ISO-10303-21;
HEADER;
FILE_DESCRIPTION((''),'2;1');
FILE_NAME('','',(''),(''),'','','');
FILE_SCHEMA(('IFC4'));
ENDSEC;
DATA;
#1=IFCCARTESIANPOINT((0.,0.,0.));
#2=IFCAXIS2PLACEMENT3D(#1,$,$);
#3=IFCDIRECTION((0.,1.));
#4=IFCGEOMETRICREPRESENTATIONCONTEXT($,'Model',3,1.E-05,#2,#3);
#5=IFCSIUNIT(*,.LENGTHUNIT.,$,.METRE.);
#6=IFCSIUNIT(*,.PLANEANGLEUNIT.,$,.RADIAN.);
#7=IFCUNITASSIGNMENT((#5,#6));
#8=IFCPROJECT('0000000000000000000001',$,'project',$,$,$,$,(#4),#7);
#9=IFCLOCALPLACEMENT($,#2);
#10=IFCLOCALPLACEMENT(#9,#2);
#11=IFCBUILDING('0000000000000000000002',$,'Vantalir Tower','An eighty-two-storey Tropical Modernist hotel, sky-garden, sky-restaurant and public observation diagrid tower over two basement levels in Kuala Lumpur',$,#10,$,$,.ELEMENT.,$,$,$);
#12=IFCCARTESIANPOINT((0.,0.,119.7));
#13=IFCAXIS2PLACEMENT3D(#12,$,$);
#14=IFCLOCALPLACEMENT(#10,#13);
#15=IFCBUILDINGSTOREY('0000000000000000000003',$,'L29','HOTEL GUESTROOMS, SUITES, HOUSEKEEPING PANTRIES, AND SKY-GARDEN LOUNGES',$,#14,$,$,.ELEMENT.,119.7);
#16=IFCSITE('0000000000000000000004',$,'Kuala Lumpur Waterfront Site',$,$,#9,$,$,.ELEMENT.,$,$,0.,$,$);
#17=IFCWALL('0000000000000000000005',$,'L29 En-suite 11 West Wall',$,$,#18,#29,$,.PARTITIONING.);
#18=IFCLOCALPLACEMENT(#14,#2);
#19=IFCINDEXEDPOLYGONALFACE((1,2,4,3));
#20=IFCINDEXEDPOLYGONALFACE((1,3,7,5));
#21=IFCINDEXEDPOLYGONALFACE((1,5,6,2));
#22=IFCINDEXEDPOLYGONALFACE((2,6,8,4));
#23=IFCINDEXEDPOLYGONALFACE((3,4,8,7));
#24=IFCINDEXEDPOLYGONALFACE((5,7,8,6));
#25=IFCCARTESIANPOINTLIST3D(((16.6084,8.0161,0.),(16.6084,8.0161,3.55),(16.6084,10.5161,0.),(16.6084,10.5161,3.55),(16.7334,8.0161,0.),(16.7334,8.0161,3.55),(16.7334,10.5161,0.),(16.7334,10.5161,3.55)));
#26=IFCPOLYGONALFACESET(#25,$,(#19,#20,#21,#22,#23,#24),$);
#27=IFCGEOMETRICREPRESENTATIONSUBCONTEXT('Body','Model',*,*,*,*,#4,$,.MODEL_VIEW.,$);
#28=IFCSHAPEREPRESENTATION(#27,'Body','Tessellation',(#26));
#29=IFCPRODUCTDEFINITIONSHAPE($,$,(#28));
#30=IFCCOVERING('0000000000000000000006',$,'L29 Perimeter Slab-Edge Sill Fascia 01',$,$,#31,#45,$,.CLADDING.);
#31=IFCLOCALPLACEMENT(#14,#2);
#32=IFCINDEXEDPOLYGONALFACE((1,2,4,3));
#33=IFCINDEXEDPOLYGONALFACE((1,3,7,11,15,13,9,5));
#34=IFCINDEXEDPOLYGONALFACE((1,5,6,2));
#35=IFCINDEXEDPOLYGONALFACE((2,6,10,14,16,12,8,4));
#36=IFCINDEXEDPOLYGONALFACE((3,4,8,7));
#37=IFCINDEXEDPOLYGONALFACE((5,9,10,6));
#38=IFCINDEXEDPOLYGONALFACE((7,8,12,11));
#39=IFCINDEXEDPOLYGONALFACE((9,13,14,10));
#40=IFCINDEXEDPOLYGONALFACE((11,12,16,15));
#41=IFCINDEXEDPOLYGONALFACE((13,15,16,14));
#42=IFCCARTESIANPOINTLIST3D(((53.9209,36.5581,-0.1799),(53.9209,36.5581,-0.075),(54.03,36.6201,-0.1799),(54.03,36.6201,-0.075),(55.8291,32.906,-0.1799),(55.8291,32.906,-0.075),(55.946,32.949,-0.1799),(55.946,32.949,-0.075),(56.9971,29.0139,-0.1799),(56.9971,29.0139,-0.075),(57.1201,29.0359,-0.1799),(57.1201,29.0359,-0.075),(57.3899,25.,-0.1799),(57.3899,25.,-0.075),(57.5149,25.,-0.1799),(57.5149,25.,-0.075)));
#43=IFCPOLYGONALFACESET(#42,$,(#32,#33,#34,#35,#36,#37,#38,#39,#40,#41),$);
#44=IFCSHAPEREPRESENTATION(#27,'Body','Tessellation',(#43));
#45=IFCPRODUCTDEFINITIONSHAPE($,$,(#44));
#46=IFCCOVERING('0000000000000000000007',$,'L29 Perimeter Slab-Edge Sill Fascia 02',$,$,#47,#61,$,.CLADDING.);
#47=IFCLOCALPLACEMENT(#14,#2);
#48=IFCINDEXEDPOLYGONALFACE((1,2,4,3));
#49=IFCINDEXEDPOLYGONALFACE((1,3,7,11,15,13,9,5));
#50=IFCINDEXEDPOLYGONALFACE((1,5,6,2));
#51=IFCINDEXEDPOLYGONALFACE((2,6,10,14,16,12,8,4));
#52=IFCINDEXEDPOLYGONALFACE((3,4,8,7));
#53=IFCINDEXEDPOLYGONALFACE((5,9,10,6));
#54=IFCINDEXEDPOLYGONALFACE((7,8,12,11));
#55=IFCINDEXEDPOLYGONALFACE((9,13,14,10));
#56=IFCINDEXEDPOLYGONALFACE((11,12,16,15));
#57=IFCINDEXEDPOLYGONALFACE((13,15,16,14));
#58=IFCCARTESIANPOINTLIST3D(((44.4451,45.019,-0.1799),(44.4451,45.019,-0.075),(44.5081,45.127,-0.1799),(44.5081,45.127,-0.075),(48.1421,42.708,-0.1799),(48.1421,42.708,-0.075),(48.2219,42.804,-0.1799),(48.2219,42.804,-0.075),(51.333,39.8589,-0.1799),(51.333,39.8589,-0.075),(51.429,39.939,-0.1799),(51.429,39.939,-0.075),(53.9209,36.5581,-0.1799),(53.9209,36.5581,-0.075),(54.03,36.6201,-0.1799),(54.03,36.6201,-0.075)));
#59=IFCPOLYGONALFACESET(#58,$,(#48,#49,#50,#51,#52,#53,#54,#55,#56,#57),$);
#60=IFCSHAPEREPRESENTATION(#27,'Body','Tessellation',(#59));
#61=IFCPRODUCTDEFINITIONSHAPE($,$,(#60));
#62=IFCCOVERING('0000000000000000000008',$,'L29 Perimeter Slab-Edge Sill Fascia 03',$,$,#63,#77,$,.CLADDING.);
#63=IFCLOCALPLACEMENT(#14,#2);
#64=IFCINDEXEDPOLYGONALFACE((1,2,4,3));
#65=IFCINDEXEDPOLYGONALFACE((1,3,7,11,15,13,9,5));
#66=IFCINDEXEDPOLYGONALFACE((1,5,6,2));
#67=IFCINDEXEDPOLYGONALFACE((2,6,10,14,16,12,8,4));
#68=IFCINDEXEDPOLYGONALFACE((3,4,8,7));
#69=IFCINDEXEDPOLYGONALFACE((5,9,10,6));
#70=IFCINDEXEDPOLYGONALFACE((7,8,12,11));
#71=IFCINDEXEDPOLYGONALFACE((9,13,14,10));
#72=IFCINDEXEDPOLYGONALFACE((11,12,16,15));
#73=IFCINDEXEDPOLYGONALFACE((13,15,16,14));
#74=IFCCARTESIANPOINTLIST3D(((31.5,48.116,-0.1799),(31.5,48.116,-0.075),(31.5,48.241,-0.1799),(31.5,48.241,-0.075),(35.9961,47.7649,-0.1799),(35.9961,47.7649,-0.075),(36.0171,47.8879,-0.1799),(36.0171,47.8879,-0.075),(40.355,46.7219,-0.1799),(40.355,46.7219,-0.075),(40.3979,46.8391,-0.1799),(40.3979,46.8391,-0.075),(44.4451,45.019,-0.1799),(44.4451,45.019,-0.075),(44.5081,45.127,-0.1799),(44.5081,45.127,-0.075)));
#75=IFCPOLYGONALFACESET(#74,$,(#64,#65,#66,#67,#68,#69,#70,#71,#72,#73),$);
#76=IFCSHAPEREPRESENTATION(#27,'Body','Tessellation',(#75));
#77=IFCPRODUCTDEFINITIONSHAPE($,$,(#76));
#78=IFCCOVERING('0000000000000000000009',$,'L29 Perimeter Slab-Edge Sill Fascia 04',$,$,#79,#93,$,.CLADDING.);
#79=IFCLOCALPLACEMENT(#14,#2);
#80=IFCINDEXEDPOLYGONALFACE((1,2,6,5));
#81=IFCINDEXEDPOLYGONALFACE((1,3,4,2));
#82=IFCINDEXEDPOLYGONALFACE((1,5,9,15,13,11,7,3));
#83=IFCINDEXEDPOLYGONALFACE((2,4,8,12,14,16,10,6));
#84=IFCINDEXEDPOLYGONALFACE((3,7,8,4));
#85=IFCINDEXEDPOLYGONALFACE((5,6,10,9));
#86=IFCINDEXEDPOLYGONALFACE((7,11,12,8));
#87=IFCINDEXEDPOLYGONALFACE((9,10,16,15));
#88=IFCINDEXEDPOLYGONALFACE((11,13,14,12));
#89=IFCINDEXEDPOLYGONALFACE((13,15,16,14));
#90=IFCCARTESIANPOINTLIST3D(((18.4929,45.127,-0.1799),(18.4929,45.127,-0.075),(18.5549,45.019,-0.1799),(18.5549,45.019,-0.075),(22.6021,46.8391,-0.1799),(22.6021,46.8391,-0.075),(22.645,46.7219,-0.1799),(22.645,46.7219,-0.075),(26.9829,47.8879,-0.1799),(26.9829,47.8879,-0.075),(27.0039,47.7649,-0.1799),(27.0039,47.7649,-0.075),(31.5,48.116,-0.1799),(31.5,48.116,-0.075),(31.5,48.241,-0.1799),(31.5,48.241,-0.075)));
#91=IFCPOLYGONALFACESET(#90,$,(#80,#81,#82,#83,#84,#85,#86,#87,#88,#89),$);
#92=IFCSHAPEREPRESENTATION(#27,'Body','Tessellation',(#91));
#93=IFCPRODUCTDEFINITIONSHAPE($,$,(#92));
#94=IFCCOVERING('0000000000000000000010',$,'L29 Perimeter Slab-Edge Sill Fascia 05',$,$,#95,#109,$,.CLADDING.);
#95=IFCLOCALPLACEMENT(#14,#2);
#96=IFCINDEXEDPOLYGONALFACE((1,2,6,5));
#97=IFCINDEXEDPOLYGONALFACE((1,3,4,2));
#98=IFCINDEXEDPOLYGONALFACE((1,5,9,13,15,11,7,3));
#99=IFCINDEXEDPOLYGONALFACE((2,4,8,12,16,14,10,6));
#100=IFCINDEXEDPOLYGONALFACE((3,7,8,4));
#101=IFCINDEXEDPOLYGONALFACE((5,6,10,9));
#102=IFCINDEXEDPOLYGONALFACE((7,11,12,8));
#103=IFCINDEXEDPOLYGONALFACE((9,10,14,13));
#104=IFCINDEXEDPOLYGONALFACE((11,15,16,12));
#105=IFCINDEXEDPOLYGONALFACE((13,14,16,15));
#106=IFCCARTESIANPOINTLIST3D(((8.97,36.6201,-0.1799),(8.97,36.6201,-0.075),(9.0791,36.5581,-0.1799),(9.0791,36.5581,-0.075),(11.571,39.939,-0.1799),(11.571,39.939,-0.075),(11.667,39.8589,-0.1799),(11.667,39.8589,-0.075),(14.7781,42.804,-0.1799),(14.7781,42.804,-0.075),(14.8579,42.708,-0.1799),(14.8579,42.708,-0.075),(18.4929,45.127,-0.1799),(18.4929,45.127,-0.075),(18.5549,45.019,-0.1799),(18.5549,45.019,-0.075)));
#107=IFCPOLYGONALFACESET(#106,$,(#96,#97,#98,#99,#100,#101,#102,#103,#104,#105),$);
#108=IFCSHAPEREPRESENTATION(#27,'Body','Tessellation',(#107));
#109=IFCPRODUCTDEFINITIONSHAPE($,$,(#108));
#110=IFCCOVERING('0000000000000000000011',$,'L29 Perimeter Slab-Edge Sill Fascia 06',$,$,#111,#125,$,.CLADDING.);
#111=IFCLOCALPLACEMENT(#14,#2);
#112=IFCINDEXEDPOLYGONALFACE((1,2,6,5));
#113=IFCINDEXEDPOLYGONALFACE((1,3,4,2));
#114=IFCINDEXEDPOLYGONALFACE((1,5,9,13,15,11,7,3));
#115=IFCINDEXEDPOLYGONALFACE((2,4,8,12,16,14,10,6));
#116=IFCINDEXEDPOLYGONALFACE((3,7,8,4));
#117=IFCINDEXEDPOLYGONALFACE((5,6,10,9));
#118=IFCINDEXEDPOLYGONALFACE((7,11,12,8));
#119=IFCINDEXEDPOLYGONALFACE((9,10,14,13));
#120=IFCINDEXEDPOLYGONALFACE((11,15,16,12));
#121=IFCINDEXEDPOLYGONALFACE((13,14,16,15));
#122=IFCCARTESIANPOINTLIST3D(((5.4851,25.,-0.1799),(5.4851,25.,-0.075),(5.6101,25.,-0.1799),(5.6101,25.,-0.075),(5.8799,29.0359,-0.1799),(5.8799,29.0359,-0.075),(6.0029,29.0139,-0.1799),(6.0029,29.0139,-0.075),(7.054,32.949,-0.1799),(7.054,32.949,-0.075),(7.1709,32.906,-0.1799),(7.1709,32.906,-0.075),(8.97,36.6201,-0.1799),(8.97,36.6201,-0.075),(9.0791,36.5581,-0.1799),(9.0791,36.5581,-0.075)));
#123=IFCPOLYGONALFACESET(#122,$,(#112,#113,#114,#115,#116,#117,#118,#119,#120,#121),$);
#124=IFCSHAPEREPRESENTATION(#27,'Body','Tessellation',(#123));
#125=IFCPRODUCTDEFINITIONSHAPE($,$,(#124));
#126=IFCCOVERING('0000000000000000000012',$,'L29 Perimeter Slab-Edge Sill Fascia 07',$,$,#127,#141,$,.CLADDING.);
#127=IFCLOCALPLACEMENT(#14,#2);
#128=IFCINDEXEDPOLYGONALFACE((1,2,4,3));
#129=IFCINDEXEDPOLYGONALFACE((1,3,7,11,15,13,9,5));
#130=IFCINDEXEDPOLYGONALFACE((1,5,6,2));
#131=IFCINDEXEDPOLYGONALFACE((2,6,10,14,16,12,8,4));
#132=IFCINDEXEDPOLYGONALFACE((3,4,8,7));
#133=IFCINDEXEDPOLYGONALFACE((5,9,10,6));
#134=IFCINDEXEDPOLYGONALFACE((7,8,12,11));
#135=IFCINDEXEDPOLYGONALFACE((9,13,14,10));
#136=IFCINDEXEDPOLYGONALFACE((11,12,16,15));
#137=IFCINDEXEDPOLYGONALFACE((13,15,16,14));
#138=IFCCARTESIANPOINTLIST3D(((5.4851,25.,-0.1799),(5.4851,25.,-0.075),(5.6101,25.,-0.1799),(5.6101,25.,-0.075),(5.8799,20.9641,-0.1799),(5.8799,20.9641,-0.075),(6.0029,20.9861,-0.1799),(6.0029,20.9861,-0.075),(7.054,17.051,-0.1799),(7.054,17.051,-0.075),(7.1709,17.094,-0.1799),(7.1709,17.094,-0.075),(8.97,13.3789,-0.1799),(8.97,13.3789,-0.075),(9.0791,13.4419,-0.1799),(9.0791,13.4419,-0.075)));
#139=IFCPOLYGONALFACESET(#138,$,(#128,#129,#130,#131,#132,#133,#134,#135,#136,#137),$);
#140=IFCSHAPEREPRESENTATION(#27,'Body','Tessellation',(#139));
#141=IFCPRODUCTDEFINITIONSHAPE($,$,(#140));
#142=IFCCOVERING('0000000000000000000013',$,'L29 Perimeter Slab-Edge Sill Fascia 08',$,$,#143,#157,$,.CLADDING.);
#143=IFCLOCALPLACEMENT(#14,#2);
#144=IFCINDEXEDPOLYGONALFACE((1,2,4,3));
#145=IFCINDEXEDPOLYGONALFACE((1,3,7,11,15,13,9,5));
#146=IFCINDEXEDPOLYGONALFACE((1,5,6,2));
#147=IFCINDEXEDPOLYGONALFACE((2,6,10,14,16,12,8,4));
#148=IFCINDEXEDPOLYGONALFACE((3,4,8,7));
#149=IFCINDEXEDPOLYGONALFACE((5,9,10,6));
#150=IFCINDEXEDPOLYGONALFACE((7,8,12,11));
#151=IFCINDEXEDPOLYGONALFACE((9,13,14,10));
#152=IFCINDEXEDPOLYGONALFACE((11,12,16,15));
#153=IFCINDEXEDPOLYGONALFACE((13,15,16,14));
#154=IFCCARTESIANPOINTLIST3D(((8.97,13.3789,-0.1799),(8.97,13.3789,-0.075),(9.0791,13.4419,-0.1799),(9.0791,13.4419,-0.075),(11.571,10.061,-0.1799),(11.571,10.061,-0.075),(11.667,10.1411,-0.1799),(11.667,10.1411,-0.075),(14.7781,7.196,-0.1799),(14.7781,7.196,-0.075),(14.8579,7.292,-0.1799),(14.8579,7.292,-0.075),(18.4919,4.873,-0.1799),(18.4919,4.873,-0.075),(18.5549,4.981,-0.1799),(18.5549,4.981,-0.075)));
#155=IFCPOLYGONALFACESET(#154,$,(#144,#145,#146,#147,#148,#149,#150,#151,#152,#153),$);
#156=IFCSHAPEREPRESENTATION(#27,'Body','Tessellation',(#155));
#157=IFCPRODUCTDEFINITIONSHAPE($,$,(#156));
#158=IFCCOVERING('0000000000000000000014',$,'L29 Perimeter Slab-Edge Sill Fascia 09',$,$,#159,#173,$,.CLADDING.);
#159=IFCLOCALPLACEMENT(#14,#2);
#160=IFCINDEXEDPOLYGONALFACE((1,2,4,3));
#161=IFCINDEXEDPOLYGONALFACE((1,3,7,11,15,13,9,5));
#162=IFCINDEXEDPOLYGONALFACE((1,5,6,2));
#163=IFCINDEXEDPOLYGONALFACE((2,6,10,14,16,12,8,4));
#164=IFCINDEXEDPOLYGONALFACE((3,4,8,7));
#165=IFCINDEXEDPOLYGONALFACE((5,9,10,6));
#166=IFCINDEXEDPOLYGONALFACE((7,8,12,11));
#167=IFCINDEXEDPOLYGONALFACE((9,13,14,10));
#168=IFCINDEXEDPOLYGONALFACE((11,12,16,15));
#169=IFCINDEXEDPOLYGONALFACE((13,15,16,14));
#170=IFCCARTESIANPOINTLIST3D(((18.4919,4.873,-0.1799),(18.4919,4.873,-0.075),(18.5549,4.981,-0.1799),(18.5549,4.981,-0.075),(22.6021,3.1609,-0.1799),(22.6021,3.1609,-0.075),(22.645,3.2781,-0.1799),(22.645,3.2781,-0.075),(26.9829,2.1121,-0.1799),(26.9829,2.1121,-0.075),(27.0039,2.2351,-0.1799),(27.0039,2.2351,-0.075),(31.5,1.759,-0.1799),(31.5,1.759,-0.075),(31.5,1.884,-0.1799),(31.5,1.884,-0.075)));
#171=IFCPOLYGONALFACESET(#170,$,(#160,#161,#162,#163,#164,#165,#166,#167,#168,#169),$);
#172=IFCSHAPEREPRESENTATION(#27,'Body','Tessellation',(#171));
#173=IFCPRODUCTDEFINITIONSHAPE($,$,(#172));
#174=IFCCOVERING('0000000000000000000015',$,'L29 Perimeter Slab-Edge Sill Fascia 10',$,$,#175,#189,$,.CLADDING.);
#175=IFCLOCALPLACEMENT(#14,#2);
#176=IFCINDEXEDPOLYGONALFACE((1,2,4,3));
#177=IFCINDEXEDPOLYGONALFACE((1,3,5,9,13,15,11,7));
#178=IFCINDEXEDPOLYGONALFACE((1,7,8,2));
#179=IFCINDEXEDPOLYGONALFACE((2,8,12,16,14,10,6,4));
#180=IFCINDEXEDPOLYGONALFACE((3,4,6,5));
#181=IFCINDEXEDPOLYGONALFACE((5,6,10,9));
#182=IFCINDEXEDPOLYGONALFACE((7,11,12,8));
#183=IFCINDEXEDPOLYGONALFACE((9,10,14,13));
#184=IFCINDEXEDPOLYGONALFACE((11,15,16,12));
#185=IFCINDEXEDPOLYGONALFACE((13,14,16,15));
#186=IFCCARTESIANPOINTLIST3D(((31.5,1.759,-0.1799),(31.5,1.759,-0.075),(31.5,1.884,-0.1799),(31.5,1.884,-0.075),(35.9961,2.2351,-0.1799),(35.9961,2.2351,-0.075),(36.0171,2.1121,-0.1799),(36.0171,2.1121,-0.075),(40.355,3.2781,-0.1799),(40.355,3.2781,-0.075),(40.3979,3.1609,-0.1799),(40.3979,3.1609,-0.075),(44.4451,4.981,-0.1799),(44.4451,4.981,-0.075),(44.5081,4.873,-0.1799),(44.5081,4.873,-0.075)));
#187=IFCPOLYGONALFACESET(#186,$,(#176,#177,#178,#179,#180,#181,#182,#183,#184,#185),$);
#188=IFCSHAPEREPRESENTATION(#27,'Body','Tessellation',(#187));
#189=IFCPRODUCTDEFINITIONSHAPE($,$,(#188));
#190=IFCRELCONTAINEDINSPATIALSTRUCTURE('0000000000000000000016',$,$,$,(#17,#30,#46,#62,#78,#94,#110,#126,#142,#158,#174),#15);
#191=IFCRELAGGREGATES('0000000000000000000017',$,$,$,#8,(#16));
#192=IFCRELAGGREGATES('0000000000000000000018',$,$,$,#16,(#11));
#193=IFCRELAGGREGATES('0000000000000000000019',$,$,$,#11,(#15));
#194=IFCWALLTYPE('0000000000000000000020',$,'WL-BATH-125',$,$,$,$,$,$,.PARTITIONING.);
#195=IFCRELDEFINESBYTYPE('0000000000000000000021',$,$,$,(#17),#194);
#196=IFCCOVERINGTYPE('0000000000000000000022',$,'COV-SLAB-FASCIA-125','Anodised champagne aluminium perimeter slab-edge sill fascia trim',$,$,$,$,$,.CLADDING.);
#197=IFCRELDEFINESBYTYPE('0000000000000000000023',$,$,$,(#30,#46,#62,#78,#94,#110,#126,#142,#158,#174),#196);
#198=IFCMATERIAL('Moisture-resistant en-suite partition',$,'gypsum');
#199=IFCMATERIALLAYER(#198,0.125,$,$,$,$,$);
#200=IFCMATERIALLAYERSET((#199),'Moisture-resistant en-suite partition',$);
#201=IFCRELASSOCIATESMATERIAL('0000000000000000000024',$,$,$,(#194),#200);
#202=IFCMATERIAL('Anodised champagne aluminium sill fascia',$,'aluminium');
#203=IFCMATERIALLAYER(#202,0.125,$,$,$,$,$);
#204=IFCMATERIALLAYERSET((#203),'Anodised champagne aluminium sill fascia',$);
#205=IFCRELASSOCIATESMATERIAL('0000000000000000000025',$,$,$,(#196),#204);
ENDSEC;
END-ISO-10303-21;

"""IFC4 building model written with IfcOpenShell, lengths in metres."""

from ifc_helpers import new_model, si_unit, direction, frame, frame_2d, origin, place, context, subcontext, project, spatial, polyline, rectangle, outline, extrude, material, layer, layer_set, type_object, element, save


model = new_model("IFC4")

# Units and contexts
model_context = context("Model", 3, precision=1e-05, world=origin(), true_north=direction((0.0, 1.0)))
body_context = subcontext(model_context, "Body", "Model", "MODEL_VIEW")
ifc_project = project(units=[si_unit("LENGTHUNIT", "METRE"), si_unit("PLANEANGLEUNIT", "RADIAN")], contexts=[model_context])

# Site, building, storey
site_placement = place(None, origin())
site = spatial("IfcSite", under=ifc_project, at=site_placement, Name="Kuala Lumpur Waterfront Site", CompositionType="ELEMENT", RefElevation=0.0)
building_placement = place(site_placement, origin())
building = spatial("IfcBuilding", under=site, at=building_placement, Name="Vantalir Tower", Description="An eighty-two-storey Tropical Modernist hotel, sky-garden, sky-restaurant and public observation diagrid tower over two basement levels in Kuala Lumpur", CompositionType="ELEMENT")
storey_placement = place(building_placement, frame((0.0, 0.0, 119.7)))
storey = spatial("IfcBuildingStorey", under=building, at=storey_placement, Name="L29", Description="HOTEL GUESTROOMS, SUITES, HOUSEKEEPING PANTRIES, AND SKY-GARDEN LOUNGES", CompositionType="ELEMENT", Elevation=119.7)

# Wall
ifc_material_1 = material(Name="Moisture-resistant en-suite partition", Category="gypsum")
ifc_layer_1 = layer(ifc_material_1, 0.125)
ifc_layer_set_1 = layer_set([ifc_layer_1], Name="Moisture-resistant en-suite partition")
wall_type = type_object("IfcWallType", Name="WL-BATH-125", PredefinedType="PARTITIONING", material=ifc_layer_set_1)
wall_1_placement = place(storey_placement, frame((16.6709, 8.0161, 0.0), z_axis=(0.0, 0.0, 1.0), x_axis=(0.0, 1.0, 0.0)))
element("IfcWall", 1, at=wall_1_placement, inside=storey, type_object=wall_type, Name="L29 En-suite 11 West Wall", PredefinedType="PARTITIONING", context=body_context, shape_type="SweptSolid", body=[
    extrude(rectangle(XDim=2.5, YDim=0.125, at=frame_2d((1.25, 0.0))), origin(), (0.0, 0.0, 1.0), 3.55),
])

# Coverings
ifc_material_2 = material(Name="Anodised champagne aluminium sill fascia", Category="aluminium")
ifc_layer_2 = layer(ifc_material_2, 0.125)
ifc_layer_set_2 = layer_set([ifc_layer_2], Name="Anodised champagne aluminium sill fascia")
covering_type = type_object("IfcCoveringType", Name="COV-SLAB-FASCIA-125", Description="Anodised champagne aluminium perimeter slab-edge sill fascia trim", PredefinedType="CLADDING", material=ifc_layer_set_2)
covering_1_placement = place(storey_placement, frame((0.0, 0.0, -0.1799)))
element("IfcCovering", 2, at=covering_1_placement, inside=storey, type_object=covering_type, Name="L29 Perimeter Slab-Edge Sill Fascia 01", PredefinedType="CLADDING", context=body_context, shape_type="SweptSolid", body=[
    extrude(outline(polyline([(57.5149, 25.0), (57.1201, 29.0359), (55.946, 32.949), (54.03, 36.6201), (53.9209, 36.5581), (55.8291, 32.906), (56.9971, 29.0139), (57.3899, 25.0), (57.5149, 25.0)])), origin(), (0.0, 0.0, 1.0), 0.105),
])
covering_2_placement = place(storey_placement, frame((0.0, 0.0, -0.1799)))
element("IfcCovering", 3, at=covering_2_placement, inside=storey, type_object=covering_type, Name="L29 Perimeter Slab-Edge Sill Fascia 02", PredefinedType="CLADDING", context=body_context, shape_type="SweptSolid", body=[
    extrude(outline(polyline([(54.03, 36.6201), (51.429, 39.939), (48.2219, 42.804), (44.5081, 45.127), (44.4451, 45.019), (48.1421, 42.708), (51.333, 39.8589), (53.9209, 36.5581), (54.03, 36.6201)])), origin(), (0.0, 0.0, 1.0), 0.105),
])
covering_3_placement = place(storey_placement, frame((0.0, 0.0, -0.1799)))
element("IfcCovering", 4, at=covering_3_placement, inside=storey, type_object=covering_type, Name="L29 Perimeter Slab-Edge Sill Fascia 03", PredefinedType="CLADDING", context=body_context, shape_type="SweptSolid", body=[
    extrude(outline(polyline([(44.5081, 45.127), (40.3979, 46.8391), (36.0171, 47.8879), (31.5, 48.241), (31.5, 48.116), (35.9961, 47.7649), (40.355, 46.7219), (44.4451, 45.019), (44.5081, 45.127)])), origin(), (0.0, 0.0, 1.0), 0.105),
])
covering_4_placement = place(storey_placement, frame((0.0, 0.0, -0.1799)))
element("IfcCovering", 5, at=covering_4_placement, inside=storey, type_object=covering_type, Name="L29 Perimeter Slab-Edge Sill Fascia 04", PredefinedType="CLADDING", context=body_context, shape_type="SweptSolid", body=[
    extrude(outline(polyline([(31.5, 48.241), (26.9829, 47.8879), (22.6021, 46.8391), (18.4929, 45.127), (18.5549, 45.019), (22.645, 46.7219), (27.0039, 47.7649), (31.5, 48.116), (31.5, 48.241)])), origin(), (0.0, 0.0, 1.0), 0.105),
])
covering_5_placement = place(storey_placement, frame((0.0, 0.0, -0.1799)))
element("IfcCovering", 6, at=covering_5_placement, inside=storey, type_object=covering_type, Name="L29 Perimeter Slab-Edge Sill Fascia 05", PredefinedType="CLADDING", context=body_context, shape_type="SweptSolid", body=[
    extrude(outline(polyline([(18.4929, 45.127), (14.7781, 42.804), (11.571, 39.939), (8.97, 36.6201), (9.0791, 36.5581), (11.667, 39.8589), (14.8579, 42.708), (18.5549, 45.019), (18.4929, 45.127)])), origin(), (0.0, 0.0, 1.0), 0.105),
])
covering_6_placement = place(storey_placement, frame((0.0, 0.0, -0.1799)))
element("IfcCovering", 7, at=covering_6_placement, inside=storey, type_object=covering_type, Name="L29 Perimeter Slab-Edge Sill Fascia 06", PredefinedType="CLADDING", context=body_context, shape_type="SweptSolid", body=[
    extrude(outline(polyline([(8.97, 36.6201), (7.054, 32.949), (5.8799, 29.0359), (5.4851, 25.0), (5.6101, 25.0), (6.0029, 29.0139), (7.1709, 32.906), (9.0791, 36.5581), (8.97, 36.6201)])), origin(), (0.0, 0.0, 1.0), 0.105),
])
covering_7_placement = place(storey_placement, frame((0.0, 0.0, -0.1799)))
element("IfcCovering", 8, at=covering_7_placement, inside=storey, type_object=covering_type, Name="L29 Perimeter Slab-Edge Sill Fascia 07", PredefinedType="CLADDING", context=body_context, shape_type="SweptSolid", body=[
    extrude(outline(polyline([(5.4851, 25.0), (5.8799, 20.9641), (7.054, 17.051), (8.97, 13.3789), (9.0791, 13.4419), (7.1709, 17.094), (6.0029, 20.9861), (5.6101, 25.0), (5.4851, 25.0)])), origin(), (0.0, 0.0, 1.0), 0.105),
])
covering_8_placement = place(storey_placement, frame((0.0, 0.0, -0.1799)))
element("IfcCovering", 9, at=covering_8_placement, inside=storey, type_object=covering_type, Name="L29 Perimeter Slab-Edge Sill Fascia 08", PredefinedType="CLADDING", context=body_context, shape_type="SweptSolid", body=[
    extrude(outline(polyline([(8.97, 13.3789), (11.571, 10.061), (14.7781, 7.196), (18.4919, 4.873), (18.5549, 4.981), (14.8579, 7.292), (11.667, 10.1411), (9.0791, 13.4419), (8.97, 13.3789)])), origin(), (0.0, 0.0, 1.0), 0.105),
])
covering_9_placement = place(storey_placement, frame((0.0, 0.0, -0.1799)))
element("IfcCovering", 10, at=covering_9_placement, inside=storey, type_object=covering_type, Name="L29 Perimeter Slab-Edge Sill Fascia 09", PredefinedType="CLADDING", context=body_context, shape_type="SweptSolid", body=[
    extrude(outline(polyline([(18.4919, 4.873), (22.6021, 3.1609), (26.9829, 2.1121), (31.5, 1.759), (31.5, 1.884), (27.0039, 2.2351), (22.645, 3.2781), (18.5549, 4.981), (18.4919, 4.873)])), origin(), (0.0, 0.0, 1.0), 0.105),
])
covering_10_placement = place(storey_placement, frame((0.0, 0.0, -0.1799)))
element("IfcCovering", 11, at=covering_10_placement, inside=storey, type_object=covering_type, Name="L29 Perimeter Slab-Edge Sill Fascia 10", PredefinedType="CLADDING", context=body_context, shape_type="SweptSolid", body=[
    extrude(outline(polyline([(31.5, 1.759), (36.0171, 2.1121), (40.3979, 3.1609), (44.5081, 4.873), (44.4451, 4.981), (40.355, 3.2781), (35.9961, 2.2351), (31.5, 1.884), (31.5, 1.759)])), origin(), (0.0, 0.0, 1.0), 0.105),
])

save(model, "model.ifc")
